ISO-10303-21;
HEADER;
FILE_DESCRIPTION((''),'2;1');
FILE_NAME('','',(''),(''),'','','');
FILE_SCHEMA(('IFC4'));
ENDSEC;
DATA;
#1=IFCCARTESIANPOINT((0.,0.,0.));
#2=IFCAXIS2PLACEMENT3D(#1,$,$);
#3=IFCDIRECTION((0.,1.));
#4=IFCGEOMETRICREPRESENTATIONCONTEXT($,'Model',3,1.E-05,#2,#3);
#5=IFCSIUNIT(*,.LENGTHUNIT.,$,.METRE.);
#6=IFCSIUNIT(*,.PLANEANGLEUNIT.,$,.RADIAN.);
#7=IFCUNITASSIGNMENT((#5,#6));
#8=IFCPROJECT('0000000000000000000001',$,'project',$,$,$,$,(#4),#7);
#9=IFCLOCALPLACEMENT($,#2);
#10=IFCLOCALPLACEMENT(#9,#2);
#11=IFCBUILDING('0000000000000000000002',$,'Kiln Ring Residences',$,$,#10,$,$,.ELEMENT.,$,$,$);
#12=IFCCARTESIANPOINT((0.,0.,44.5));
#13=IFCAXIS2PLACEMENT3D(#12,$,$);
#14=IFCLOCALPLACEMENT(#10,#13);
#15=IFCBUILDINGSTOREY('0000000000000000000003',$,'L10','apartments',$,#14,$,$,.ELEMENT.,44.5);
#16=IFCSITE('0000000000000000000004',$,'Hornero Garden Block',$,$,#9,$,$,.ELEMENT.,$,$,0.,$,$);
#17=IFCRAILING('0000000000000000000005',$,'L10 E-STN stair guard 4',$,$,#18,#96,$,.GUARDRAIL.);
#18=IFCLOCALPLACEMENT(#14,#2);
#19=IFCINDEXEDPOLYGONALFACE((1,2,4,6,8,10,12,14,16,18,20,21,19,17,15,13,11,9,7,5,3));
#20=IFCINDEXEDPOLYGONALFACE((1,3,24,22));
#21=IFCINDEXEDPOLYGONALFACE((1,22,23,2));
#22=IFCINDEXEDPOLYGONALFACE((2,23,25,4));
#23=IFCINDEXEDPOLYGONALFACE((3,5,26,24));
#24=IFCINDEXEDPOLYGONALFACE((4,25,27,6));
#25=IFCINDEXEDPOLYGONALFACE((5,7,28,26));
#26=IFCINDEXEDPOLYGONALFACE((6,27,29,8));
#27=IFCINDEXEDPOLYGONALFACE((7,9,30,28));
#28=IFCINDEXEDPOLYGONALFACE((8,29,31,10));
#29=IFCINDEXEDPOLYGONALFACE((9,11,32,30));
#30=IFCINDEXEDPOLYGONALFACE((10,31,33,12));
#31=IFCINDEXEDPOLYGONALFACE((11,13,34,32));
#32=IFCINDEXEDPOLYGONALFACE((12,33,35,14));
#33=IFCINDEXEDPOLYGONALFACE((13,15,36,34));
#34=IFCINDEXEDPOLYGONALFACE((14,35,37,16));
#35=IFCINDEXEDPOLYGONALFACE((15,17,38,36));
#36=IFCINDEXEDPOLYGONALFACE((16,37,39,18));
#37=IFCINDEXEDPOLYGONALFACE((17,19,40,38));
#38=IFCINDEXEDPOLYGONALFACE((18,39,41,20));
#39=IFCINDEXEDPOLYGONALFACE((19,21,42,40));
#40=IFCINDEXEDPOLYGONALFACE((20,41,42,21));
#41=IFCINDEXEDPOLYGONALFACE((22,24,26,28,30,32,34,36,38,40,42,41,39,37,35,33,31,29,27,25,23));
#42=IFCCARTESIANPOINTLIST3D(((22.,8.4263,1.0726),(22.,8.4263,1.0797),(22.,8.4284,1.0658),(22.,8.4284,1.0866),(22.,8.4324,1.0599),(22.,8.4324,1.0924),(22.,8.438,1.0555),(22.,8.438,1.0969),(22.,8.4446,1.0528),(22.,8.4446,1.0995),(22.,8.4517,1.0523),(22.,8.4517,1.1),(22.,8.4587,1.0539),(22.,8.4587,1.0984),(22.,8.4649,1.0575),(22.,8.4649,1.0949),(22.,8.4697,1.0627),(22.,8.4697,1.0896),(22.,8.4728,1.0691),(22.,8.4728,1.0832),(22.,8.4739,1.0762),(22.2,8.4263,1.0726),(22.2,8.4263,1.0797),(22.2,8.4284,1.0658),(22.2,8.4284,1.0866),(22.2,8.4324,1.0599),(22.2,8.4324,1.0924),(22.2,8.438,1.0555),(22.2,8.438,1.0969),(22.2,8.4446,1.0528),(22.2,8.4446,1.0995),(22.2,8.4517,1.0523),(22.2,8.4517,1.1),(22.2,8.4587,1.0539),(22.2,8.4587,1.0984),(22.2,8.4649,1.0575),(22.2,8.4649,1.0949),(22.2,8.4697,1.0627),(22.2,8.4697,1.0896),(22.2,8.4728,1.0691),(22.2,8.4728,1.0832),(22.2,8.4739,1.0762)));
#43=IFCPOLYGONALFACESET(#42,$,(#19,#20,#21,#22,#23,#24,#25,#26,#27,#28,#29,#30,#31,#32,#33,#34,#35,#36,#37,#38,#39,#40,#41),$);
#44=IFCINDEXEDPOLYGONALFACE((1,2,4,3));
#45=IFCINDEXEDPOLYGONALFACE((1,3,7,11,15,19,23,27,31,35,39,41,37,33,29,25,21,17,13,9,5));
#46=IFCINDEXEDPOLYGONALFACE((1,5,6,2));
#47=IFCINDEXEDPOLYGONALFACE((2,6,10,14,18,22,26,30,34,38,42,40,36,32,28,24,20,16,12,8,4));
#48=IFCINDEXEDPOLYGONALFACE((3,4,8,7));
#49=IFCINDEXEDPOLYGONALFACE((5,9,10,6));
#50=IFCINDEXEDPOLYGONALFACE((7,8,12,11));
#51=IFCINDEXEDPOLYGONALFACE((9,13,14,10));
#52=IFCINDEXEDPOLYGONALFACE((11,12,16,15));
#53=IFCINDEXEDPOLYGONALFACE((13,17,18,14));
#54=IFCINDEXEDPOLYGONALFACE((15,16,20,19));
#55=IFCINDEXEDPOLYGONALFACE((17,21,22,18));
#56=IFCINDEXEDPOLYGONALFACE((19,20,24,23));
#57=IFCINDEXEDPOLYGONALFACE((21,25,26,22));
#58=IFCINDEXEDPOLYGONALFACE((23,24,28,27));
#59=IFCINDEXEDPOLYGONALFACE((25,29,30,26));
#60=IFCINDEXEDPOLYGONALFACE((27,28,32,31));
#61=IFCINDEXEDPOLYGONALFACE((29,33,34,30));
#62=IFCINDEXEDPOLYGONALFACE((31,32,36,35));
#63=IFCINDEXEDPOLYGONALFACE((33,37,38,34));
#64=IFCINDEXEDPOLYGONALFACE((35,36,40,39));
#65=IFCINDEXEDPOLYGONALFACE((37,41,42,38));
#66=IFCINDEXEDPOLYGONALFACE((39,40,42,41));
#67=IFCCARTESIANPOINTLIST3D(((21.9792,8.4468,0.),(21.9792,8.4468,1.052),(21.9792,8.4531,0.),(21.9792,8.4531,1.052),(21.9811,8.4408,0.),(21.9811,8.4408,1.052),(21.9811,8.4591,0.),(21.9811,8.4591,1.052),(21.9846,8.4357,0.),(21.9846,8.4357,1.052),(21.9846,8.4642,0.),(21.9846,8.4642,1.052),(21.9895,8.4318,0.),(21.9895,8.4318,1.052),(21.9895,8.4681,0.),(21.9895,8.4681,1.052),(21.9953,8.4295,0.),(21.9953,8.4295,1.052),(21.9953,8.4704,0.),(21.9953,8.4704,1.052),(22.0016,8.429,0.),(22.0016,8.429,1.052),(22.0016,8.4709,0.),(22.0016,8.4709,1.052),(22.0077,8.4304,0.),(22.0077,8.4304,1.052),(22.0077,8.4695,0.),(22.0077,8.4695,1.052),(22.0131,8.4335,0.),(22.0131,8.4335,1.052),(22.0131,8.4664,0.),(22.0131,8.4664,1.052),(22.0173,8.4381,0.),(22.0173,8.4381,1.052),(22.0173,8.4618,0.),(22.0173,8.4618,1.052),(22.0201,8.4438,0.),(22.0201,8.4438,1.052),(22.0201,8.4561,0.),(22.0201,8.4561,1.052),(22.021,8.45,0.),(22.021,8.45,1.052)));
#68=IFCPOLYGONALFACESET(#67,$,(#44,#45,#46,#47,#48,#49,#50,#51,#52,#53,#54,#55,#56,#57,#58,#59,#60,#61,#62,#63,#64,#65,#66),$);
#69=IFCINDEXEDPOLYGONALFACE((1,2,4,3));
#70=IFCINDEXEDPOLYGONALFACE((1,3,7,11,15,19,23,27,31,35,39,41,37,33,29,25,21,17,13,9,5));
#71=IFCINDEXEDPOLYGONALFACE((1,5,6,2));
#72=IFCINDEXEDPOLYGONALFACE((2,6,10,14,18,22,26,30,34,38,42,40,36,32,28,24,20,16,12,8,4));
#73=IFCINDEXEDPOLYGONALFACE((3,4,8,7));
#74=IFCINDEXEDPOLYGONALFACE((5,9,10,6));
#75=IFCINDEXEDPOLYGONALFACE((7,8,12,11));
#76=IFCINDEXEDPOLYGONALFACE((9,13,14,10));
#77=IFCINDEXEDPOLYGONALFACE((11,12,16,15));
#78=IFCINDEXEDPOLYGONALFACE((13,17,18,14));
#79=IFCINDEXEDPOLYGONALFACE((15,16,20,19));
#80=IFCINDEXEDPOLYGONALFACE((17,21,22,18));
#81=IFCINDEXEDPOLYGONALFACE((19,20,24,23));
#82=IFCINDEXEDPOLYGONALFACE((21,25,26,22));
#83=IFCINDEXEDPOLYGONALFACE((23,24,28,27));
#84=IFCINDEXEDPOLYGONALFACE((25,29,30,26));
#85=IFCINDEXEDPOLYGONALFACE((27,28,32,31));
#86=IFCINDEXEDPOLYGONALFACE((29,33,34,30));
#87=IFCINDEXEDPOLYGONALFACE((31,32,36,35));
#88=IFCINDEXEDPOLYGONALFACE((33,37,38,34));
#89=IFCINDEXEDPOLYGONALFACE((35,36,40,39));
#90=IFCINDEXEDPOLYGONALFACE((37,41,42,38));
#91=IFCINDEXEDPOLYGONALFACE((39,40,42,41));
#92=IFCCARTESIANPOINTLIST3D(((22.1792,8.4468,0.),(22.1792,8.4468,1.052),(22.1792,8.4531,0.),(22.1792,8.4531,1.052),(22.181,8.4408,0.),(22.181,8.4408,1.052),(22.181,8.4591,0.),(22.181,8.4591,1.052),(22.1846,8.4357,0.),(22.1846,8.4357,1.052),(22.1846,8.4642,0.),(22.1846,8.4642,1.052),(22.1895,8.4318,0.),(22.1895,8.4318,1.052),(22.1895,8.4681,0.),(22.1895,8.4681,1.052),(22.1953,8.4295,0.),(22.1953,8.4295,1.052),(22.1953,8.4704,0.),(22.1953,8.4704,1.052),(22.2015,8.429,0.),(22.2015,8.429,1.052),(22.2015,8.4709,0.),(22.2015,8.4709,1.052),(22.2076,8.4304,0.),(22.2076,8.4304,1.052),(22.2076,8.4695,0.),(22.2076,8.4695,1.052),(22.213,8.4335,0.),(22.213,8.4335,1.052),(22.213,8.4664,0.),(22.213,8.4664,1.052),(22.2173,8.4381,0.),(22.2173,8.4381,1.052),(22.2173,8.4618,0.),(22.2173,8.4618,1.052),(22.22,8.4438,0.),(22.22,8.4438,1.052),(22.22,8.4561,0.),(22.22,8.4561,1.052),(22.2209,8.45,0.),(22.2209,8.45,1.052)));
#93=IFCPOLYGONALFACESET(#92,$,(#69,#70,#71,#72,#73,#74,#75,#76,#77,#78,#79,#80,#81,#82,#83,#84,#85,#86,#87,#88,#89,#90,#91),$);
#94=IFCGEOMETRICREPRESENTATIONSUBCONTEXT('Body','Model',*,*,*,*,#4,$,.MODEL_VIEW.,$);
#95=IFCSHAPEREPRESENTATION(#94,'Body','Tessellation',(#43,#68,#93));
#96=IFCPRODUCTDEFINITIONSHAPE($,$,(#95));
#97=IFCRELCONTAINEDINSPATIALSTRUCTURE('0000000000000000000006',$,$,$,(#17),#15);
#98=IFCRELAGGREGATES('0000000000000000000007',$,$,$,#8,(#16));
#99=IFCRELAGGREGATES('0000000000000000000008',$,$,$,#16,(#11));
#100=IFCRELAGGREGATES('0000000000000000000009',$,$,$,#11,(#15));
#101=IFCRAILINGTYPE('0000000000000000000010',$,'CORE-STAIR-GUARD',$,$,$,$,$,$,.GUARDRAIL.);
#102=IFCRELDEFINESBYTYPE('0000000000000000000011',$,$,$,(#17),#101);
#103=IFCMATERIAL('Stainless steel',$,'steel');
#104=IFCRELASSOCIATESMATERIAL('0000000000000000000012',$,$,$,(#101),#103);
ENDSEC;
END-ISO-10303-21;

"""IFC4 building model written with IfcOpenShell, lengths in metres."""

from ifc_helpers import new_model, si_unit, direction, frame, origin, origin_2d, place, context, subcontext, project, spatial, circle, extrude, material, type_object, element, save


model = new_model("IFC4")

# Units and contexts
model_context = context("Model", 3, precision=1e-05, world=origin(), true_north=direction((0.0, 1.0)))
body_context = subcontext(model_context, "Body", "Model", "MODEL_VIEW")
ifc_project = project(units=[si_unit("LENGTHUNIT", "METRE"), si_unit("PLANEANGLEUNIT", "RADIAN")], contexts=[model_context])

# Site, building, storey
site_placement = place(None, origin())
site = spatial("IfcSite", under=ifc_project, at=site_placement, Name="Hornero Garden Block", CompositionType="ELEMENT", RefElevation=0.0)
building_placement = place(site_placement, origin())
building = spatial("IfcBuilding", under=site, at=building_placement, Name="Kiln Ring Residences", CompositionType="ELEMENT")
storey_placement = place(building_placement, frame((0.0, 0.0, 44.5)))
storey = spatial("IfcBuildingStorey", under=building, at=storey_placement, Name="L10", Description="apartments", CompositionType="ELEMENT", Elevation=44.5)

# Railing
ifc_material_1 = material(Name="Stainless steel", Category="steel")
railing_type = type_object("IfcRailingType", Name="CORE-STAIR-GUARD", PredefinedType="GUARDRAIL", material=ifc_material_1)
railing_1_placement = place(storey_placement, frame((22.0, 8.45, 0.0)))
element("IfcRailing", 1, at=railing_1_placement, inside=storey, type_object=railing_type, Name="L10 E-STN stair guard 4", PredefinedType="GUARDRAIL", context=body_context, shape_type="SweptSolid", body=[
    extrude(circle(Radius=0.0239, at=origin_2d()), frame((0.0, 0.0, 1.0762), z_axis=(1.0, 0.0, 0.0), x_axis=(0.0, 1.0, 0.0)), (0.0, 0.0, 1.0), 0.2),
    extrude(circle(Radius=0.021, at=origin_2d()), origin(), (0.0, 0.0, 1.0), 1.052),
    extrude(circle(Radius=0.021, at=origin_2d()), frame((0.2, 0.0, 0.0)), (0.0, 0.0, 1.0), 1.052),
])

save(model, "model.ifc")
